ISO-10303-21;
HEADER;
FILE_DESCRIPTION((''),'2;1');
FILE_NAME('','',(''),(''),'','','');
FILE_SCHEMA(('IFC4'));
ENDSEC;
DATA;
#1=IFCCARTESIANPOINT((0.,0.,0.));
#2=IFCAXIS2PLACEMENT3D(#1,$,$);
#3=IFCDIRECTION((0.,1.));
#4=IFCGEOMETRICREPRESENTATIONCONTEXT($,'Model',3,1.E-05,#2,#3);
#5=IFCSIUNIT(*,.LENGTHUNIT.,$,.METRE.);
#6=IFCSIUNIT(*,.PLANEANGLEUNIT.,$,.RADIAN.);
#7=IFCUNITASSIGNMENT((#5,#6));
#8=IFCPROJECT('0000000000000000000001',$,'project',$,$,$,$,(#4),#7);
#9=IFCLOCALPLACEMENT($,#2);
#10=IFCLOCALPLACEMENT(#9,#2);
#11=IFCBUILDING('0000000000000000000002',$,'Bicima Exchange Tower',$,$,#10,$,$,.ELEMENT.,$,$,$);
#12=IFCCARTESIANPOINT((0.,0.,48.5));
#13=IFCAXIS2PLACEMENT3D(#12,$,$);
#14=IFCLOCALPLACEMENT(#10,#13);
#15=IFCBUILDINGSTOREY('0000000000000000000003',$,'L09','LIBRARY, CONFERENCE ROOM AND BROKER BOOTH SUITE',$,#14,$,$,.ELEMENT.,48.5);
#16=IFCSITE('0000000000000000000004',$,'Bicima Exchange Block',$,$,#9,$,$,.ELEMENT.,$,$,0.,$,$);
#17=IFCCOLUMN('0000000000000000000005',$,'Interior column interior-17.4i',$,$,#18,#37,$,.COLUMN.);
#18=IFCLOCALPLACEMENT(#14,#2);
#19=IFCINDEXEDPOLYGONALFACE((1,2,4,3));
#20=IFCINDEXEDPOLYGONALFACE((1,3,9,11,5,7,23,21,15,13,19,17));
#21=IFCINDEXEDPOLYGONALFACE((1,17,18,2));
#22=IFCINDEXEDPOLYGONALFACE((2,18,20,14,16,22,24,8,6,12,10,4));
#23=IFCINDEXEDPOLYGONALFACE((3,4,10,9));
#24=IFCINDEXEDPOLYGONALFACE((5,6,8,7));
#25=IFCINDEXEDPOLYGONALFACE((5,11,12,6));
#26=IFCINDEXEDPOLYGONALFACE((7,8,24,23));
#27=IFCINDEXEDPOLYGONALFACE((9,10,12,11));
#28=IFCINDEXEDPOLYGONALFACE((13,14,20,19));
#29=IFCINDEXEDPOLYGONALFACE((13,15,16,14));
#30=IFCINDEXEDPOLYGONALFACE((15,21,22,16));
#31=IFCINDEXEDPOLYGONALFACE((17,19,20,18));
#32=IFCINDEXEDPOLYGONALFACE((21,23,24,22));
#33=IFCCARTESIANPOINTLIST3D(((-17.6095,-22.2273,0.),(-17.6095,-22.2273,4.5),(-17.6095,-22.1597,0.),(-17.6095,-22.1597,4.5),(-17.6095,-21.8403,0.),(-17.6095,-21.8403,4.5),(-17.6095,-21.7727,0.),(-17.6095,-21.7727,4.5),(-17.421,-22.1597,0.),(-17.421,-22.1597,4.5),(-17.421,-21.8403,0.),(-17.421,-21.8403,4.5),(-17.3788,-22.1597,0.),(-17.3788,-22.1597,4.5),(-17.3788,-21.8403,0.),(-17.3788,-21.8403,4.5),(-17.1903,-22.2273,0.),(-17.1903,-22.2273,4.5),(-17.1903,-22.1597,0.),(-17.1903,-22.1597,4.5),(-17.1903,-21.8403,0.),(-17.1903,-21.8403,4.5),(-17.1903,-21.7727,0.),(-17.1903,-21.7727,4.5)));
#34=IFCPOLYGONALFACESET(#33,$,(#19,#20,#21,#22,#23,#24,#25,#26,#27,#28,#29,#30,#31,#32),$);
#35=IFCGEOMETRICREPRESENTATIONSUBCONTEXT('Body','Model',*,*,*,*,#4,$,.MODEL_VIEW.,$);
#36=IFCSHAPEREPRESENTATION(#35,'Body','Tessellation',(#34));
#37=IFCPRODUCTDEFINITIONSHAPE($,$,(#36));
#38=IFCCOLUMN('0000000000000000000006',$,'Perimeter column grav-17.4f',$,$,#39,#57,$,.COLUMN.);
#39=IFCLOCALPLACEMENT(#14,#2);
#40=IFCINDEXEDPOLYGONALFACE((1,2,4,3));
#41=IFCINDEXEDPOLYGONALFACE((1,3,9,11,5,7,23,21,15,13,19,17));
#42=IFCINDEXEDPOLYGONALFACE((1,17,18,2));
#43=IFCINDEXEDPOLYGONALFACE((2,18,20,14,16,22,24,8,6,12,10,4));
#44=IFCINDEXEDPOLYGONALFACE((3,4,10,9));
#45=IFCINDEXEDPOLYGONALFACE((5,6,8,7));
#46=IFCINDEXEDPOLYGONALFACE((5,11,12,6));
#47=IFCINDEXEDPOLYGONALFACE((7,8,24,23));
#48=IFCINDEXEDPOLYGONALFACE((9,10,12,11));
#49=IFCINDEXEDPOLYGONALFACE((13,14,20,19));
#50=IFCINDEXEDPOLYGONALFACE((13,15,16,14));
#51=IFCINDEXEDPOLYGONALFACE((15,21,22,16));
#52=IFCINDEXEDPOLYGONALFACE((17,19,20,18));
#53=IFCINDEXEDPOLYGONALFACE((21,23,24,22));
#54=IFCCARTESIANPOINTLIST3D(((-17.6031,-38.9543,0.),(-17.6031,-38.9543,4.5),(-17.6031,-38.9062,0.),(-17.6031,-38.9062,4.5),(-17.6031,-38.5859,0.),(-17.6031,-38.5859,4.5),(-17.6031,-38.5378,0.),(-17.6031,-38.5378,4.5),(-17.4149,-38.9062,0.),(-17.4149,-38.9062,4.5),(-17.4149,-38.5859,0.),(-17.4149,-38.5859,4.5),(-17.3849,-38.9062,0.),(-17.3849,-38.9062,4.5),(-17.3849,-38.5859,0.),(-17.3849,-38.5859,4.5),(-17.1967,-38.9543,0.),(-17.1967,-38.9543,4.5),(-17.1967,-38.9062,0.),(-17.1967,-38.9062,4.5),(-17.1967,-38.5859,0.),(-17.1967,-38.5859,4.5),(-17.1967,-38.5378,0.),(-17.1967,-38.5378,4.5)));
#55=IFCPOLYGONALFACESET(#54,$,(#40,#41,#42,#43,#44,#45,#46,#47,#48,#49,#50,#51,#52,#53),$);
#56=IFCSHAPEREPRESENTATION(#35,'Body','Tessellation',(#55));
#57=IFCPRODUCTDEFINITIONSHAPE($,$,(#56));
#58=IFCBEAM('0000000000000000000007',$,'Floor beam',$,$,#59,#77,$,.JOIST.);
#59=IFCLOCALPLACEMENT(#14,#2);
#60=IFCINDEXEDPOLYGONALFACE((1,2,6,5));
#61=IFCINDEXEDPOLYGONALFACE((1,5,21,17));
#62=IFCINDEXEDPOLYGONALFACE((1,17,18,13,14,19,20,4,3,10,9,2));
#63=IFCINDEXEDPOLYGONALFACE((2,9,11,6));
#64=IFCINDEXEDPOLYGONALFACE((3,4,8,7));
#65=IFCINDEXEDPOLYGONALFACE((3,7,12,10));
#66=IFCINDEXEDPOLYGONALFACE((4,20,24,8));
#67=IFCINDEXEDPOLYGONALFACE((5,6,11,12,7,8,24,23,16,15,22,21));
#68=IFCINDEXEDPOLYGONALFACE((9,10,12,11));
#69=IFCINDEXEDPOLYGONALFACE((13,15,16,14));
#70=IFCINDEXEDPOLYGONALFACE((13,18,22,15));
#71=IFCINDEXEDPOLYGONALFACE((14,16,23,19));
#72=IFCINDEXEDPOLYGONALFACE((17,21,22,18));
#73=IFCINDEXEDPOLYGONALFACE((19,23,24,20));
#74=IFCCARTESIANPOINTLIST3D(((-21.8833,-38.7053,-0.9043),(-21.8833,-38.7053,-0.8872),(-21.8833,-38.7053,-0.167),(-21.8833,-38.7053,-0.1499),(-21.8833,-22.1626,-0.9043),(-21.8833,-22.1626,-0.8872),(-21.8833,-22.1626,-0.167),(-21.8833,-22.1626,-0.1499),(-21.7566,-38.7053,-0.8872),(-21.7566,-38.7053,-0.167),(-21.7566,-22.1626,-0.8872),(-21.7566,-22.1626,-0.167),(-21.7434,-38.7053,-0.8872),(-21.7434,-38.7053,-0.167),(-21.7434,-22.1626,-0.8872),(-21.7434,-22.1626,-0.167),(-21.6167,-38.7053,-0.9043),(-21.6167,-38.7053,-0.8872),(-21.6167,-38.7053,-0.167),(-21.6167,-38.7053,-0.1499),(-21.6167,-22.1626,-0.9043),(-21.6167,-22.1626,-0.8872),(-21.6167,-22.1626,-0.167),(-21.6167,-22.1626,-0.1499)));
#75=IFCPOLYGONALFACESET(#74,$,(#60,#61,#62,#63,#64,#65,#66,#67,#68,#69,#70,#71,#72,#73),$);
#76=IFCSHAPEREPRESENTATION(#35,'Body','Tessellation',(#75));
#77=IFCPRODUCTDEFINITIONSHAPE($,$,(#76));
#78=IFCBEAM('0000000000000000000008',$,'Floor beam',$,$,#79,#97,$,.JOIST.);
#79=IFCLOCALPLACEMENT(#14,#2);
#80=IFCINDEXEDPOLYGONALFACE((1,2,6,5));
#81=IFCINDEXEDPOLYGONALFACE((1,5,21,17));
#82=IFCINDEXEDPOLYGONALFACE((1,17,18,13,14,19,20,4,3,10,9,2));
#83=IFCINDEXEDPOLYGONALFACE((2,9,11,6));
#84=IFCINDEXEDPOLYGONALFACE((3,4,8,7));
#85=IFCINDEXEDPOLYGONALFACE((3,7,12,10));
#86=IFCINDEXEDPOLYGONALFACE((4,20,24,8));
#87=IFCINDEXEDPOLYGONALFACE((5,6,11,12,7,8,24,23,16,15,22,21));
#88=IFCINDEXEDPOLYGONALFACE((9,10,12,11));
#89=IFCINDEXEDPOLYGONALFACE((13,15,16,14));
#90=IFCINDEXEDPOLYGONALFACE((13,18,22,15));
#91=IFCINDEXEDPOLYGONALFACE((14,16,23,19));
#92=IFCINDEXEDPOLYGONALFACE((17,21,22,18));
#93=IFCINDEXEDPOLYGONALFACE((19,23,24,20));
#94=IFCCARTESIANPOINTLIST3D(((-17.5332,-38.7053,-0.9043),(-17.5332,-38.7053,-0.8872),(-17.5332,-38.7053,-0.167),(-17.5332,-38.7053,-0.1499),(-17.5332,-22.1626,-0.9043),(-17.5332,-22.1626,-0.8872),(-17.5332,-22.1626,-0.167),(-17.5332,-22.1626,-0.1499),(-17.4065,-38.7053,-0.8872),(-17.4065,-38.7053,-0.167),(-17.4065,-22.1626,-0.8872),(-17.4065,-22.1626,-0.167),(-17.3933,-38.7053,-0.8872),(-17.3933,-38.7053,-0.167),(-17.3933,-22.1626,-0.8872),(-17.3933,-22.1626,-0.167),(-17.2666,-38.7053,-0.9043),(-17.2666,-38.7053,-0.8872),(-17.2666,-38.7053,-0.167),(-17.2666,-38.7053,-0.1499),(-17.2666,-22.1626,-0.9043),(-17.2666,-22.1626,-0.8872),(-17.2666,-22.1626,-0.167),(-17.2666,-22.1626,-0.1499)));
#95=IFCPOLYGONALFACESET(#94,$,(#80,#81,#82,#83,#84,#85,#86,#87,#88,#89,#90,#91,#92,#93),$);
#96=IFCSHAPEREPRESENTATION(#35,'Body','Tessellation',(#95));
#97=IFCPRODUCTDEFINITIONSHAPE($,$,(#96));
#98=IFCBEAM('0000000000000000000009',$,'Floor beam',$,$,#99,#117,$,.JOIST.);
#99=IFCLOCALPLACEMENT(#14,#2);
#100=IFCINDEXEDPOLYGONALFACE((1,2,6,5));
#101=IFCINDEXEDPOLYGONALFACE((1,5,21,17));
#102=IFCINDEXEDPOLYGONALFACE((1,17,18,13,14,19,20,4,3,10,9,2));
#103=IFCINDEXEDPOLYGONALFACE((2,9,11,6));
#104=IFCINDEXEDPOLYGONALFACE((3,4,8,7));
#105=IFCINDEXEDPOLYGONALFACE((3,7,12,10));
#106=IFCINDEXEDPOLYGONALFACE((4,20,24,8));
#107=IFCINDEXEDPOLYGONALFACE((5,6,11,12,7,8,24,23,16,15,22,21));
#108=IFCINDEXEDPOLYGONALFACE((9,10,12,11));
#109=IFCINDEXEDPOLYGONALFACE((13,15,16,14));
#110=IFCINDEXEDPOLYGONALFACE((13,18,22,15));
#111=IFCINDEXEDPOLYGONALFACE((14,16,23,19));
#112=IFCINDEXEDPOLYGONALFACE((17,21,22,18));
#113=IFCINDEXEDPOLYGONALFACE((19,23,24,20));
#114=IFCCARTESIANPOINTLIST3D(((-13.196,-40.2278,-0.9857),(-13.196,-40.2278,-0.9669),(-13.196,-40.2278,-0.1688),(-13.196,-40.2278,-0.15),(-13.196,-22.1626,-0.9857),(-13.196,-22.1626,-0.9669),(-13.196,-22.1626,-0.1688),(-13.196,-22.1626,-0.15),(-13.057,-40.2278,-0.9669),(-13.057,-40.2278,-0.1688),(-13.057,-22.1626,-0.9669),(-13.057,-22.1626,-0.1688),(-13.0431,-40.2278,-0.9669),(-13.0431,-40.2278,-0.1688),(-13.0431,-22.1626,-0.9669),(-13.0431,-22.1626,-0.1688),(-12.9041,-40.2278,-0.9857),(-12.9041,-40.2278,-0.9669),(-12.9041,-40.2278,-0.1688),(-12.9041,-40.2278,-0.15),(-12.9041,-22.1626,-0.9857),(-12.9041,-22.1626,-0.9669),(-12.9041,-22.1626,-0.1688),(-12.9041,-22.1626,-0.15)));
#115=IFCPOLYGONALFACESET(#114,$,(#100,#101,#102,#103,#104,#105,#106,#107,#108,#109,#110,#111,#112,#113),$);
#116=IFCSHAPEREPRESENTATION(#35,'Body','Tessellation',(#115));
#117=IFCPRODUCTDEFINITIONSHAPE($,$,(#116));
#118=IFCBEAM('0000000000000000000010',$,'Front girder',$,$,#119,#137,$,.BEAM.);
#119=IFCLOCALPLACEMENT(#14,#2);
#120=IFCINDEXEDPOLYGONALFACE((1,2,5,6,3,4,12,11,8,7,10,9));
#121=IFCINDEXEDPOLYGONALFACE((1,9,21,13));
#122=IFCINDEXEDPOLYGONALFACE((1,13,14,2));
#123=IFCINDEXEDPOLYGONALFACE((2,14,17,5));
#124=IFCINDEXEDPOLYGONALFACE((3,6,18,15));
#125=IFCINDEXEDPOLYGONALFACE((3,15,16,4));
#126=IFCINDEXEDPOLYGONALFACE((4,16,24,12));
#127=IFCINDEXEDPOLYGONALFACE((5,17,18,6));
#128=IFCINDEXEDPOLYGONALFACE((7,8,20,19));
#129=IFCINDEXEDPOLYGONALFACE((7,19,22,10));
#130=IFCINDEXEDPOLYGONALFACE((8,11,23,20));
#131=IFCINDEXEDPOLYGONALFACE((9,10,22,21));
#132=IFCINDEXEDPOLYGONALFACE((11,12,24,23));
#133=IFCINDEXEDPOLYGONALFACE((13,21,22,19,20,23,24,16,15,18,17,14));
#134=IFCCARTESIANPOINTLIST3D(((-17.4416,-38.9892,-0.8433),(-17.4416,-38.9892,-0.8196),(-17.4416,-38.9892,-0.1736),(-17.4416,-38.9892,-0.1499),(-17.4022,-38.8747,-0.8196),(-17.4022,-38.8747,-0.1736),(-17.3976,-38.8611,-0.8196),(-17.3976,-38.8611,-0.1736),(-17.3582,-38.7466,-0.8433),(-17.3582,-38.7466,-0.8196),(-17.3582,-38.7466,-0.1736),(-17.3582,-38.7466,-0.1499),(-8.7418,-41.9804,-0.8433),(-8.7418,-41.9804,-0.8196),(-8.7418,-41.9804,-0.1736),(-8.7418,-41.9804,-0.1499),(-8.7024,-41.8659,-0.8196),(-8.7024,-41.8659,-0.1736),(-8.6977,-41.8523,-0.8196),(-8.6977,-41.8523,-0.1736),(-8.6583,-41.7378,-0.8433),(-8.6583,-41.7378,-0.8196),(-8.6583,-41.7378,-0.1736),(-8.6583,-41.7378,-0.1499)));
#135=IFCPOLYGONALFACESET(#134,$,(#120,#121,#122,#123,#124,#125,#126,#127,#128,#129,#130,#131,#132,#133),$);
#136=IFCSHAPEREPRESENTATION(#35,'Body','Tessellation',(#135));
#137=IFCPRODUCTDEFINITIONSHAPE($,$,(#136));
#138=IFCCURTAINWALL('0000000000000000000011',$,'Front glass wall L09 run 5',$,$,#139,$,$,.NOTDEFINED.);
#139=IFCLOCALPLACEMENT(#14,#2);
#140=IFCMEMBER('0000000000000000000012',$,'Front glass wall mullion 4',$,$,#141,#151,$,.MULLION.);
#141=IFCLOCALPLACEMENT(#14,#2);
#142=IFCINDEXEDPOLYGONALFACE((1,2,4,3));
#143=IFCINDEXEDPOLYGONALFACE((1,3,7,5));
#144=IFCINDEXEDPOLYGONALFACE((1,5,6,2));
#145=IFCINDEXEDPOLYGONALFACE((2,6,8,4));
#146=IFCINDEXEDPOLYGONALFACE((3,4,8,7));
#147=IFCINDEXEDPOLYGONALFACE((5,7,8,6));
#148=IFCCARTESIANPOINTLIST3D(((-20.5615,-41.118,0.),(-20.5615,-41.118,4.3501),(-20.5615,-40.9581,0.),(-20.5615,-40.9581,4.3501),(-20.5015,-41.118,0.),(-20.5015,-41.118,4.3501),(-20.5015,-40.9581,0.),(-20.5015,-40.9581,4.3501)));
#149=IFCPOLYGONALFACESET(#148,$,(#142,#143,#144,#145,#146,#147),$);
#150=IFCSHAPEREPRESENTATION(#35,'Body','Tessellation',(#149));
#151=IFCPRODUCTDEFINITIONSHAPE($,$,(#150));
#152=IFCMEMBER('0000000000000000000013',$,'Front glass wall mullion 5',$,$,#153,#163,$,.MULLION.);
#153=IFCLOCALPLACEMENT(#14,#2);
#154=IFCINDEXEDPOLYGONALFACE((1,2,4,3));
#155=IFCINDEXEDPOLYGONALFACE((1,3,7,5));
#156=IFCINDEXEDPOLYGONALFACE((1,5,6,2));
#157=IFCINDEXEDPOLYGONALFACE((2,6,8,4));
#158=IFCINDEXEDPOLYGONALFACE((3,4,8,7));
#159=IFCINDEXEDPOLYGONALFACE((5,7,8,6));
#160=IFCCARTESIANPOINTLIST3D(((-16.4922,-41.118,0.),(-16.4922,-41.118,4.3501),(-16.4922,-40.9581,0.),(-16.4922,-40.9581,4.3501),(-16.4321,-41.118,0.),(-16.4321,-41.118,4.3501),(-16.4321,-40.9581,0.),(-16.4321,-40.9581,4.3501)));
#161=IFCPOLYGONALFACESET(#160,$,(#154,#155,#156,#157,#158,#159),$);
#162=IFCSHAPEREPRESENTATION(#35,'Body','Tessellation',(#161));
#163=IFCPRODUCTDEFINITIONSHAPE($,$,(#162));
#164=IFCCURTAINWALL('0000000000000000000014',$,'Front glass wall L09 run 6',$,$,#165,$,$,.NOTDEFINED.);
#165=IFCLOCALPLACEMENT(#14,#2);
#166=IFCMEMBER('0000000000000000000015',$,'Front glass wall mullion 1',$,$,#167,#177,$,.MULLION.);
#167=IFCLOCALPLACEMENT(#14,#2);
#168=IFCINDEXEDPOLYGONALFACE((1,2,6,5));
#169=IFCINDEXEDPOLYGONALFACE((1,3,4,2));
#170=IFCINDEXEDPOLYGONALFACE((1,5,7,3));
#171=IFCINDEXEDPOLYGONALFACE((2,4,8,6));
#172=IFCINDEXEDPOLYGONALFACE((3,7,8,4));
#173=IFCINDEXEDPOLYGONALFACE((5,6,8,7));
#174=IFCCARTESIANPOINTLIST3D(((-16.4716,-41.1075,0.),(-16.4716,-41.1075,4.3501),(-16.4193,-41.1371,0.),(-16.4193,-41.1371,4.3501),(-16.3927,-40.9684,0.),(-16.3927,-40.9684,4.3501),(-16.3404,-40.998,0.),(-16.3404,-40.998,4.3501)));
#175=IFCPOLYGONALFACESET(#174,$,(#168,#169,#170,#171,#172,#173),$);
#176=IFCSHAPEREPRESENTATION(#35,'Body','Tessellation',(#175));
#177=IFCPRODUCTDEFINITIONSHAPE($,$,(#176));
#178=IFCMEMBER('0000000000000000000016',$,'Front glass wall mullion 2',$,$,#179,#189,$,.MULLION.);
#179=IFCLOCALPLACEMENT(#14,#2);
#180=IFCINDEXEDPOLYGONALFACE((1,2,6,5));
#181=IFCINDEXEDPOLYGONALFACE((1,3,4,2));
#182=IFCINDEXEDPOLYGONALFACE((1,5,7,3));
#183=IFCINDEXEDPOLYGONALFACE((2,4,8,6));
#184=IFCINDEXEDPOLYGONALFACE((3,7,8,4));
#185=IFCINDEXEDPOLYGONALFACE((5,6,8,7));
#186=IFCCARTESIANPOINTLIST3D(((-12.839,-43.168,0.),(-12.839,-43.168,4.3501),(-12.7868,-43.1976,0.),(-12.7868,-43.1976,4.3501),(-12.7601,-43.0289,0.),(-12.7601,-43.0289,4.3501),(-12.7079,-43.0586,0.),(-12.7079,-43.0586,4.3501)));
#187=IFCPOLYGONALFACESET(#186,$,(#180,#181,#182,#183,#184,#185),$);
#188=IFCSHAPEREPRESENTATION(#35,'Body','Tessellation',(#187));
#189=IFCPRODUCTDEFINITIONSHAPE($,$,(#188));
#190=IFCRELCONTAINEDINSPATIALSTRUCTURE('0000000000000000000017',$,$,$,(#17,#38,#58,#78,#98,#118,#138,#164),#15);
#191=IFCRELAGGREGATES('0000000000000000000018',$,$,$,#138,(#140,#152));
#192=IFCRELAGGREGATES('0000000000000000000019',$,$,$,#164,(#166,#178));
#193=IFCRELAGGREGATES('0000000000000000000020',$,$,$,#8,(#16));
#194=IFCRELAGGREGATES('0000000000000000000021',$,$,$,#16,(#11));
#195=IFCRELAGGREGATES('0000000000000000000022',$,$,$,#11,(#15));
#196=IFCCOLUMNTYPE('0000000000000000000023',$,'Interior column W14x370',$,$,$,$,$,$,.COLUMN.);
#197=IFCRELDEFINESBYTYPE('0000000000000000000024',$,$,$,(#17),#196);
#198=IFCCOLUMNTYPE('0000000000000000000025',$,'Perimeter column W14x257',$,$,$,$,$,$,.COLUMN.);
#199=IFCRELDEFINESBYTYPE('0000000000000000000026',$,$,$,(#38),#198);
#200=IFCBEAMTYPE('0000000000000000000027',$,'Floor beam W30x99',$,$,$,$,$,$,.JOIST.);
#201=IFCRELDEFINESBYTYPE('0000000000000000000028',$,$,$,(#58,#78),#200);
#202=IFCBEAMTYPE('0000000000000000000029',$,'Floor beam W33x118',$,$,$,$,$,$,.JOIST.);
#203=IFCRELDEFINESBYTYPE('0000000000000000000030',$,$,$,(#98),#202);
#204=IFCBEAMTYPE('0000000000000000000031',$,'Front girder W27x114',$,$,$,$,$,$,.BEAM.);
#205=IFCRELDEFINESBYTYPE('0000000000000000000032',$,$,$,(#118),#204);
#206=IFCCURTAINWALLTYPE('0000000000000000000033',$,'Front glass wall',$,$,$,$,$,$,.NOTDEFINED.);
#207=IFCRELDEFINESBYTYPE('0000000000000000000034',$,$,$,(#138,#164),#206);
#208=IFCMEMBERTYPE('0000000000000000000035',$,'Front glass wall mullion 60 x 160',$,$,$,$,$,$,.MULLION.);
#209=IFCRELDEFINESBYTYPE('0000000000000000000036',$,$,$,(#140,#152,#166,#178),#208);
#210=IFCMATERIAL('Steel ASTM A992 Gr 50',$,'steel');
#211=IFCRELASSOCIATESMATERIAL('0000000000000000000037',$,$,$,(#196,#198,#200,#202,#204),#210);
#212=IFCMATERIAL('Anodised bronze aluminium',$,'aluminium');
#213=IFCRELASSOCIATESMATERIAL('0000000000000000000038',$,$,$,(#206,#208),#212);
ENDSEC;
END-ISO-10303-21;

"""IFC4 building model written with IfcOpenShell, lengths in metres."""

from ifc_helpers import new_model, si_unit, direction, frame, origin, origin_2d, place, context, subcontext, project, spatial, rectangle, i_section, extrude, material, material_profile, profile_set, type_object, element, aggregate, save


model = new_model("IFC4")

# Units and contexts
model_context = context("Model", 3, precision=1e-05, world=origin(), true_north=direction((0.0, 1.0)))
body_context = subcontext(model_context, "Body", "Model", "MODEL_VIEW")
ifc_project = project(units=[si_unit("LENGTHUNIT", "METRE"), si_unit("PLANEANGLEUNIT", "RADIAN")], contexts=[model_context])

# Site, building, storey
site_placement = place(None, origin())
site = spatial("IfcSite", under=ifc_project, at=site_placement, Name="Bicima Exchange Block", CompositionType="ELEMENT", RefElevation=0.0)
building_placement = place(site_placement, origin())
building = spatial("IfcBuilding", under=site, at=building_placement, Name="Bicima Exchange Tower", CompositionType="ELEMENT")
storey_placement = place(building_placement, frame((0.0, 0.0, 48.5)))
storey = spatial("IfcBuildingStorey", under=building, at=storey_placement, Name="L09", Description="LIBRARY, CONFERENCE ROOM AND BROKER BOOTH SUITE", CompositionType="ELEMENT", Elevation=48.5)

# Columns
ifc_material_1 = material(Name="Steel ASTM A992 Gr 50", Category="steel")
ifc_material_profile_1 = material_profile(ifc_material_1, i_section(OverallWidth=0.4192, OverallDepth=0.4546, WebThickness=0.0422, FlangeThickness=0.0676, at=origin_2d()))
ifc_profile_set_1 = profile_set([ifc_material_profile_1], Name="Steel ASTM A992 Gr 50")
column_type_1 = type_object("IfcColumnType", Name="Interior column W14x370", PredefinedType="COLUMN", material=ifc_profile_set_1)
column_1_placement = place(storey_placement, frame((-17.3999, -22.0, 0.0), z_axis=(0.0, 0.0, 1.0), x_axis=(1.0, 0.0, 0.0)))
element("IfcColumn", 1, at=column_1_placement, inside=storey, type_object=column_type_1, Name="Interior column interior-17.4i", PredefinedType="COLUMN", context=body_context, shape_type="SweptSolid", body=[
    extrude(i_section(OverallWidth=0.4192, OverallDepth=0.4546, WebThickness=0.0422, FlangeThickness=0.0676, at=origin_2d()), origin(), (0.0, 0.0, 1.0), 4.5),
])
ifc_material_profile_2 = material_profile(ifc_material_1, i_section(OverallWidth=0.4065, OverallDepth=0.4165, WebThickness=0.03, FlangeThickness=0.0481, at=origin_2d()))
ifc_profile_set_2 = profile_set([ifc_material_profile_2], Name="Steel ASTM A992 Gr 50")
column_type_2 = type_object("IfcColumnType", Name="Perimeter column W14x257", PredefinedType="COLUMN", material=ifc_profile_set_2)
column_2_placement = place(storey_placement, frame((-17.3999, -38.7461, 0.0), z_axis=(0.0, 0.0, 1.0), x_axis=(1.0, 0.0, 0.0)))
element("IfcColumn", 2, at=column_2_placement, inside=storey, type_object=column_type_2, Name="Perimeter column grav-17.4f", PredefinedType="COLUMN", context=body_context, shape_type="SweptSolid", body=[
    extrude(i_section(OverallWidth=0.4065, OverallDepth=0.4165, WebThickness=0.03, FlangeThickness=0.0481, at=origin_2d()), origin(), (0.0, 0.0, 1.0), 4.5),
])

# Beams
ifc_material_profile_3 = material_profile(ifc_material_1, i_section(OverallWidth=0.2666, OverallDepth=0.7544, WebThickness=0.0132, FlangeThickness=0.0171, at=origin_2d()))
ifc_profile_set_3 = profile_set([ifc_material_profile_3], Name="Steel ASTM A992 Gr 50")
beam_type_1 = type_object("IfcBeamType", Name="Floor beam W30x99", PredefinedType="JOIST", material=ifc_profile_set_3)
for number, where, z_axis, x_axis, name in (
    (3, (-21.75, -22.1626, -0.5271), (0.0, -1.0, 0.0), (1.0, 0.0, 0.0), "Floor beam"),
    (4, (-17.3999, -22.1626, -0.5271), (0.0, -1.0, 0.0), (1.0, 0.0, 0.0), "Floor beam"),
):
    element("IfcBeam", number, at=place(storey_placement, frame(where, z_axis=z_axis, x_axis=x_axis)), inside=storey, type_object=beam_type_1, Name=name, PredefinedType="JOIST", context=body_context, shape_type="SweptSolid", body=[
        extrude(i_section(OverallWidth=0.2666, OverallDepth=0.7544, WebThickness=0.0132, FlangeThickness=0.0171, at=origin_2d()), origin(), (0.0, 0.0, 1.0), 16.5427),
    ])
ifc_material_profile_4 = material_profile(ifc_material_1, i_section(OverallWidth=0.292, OverallDepth=0.8357, WebThickness=0.0139, FlangeThickness=0.0188, at=origin_2d()))
ifc_profile_set_4 = profile_set([ifc_material_profile_4], Name="Steel ASTM A992 Gr 50")
beam_type_2 = type_object("IfcBeamType", Name="Floor beam W33x118", PredefinedType="JOIST", material=ifc_profile_set_4)
beam_1_placement = place(storey_placement, frame((-13.05, -22.1626, -0.5679), z_axis=(0.0, -1.0, 0.0), x_axis=(1.0, 0.0, 0.0)))
element("IfcBeam", 5, at=beam_1_placement, inside=storey, type_object=beam_type_2, Name="Floor beam", PredefinedType="JOIST", context=body_context, shape_type="SweptSolid", body=[
    extrude(i_section(OverallWidth=0.292, OverallDepth=0.8357, WebThickness=0.0139, FlangeThickness=0.0188, at=origin_2d()), origin(), (0.0, 0.0, 1.0), 18.0652),
])
ifc_material_profile_5 = material_profile(ifc_material_1, i_section(OverallWidth=0.2566, OverallDepth=0.6934, WebThickness=0.0144, FlangeThickness=0.0237, at=origin_2d()))
ifc_profile_set_5 = profile_set([ifc_material_profile_5], Name="Steel ASTM A992 Gr 50")
beam_type_3 = type_object("IfcBeamType", Name="Front girder W27x114", PredefinedType="BEAM", material=ifc_profile_set_5)
beam_2_placement = place(storey_placement, frame((-17.3999, -38.8679, -0.4966), z_axis=(0.945666, -0.325138, 0.0), x_axis=(0.325138, 0.945666, 0.0)))
element("IfcBeam", 6, at=beam_2_placement, inside=storey, type_object=beam_type_3, Name="Front girder", PredefinedType="BEAM", context=body_context, shape_type="SweptSolid", body=[
    extrude(i_section(OverallWidth=0.2566, OverallDepth=0.6934, WebThickness=0.0144, FlangeThickness=0.0237, at=origin_2d()), origin(), (0.0, 0.0, 1.0), 9.1997),
])

# Curtain walls, members
ifc_material_2 = material(Name="Anodised bronze aluminium", Category="aluminium")
curtain_wall_type = type_object("IfcCurtainWallType", Name="Front glass wall", PredefinedType="NOTDEFINED", material=ifc_material_2)
curtain_wall_1_placement = place(storey_placement, origin())
curtain_wall_1 = element("IfcCurtainWall", 7, at=curtain_wall_1_placement, inside=storey, type_object=curtain_wall_type, Name="Front glass wall L09 run 5", PredefinedType="NOTDEFINED")
ifc_material_profile_6 = material_profile(ifc_material_2, rectangle(XDim=0.1599, YDim=0.0601, at=origin_2d()))
ifc_profile_set_6 = profile_set([ifc_material_profile_6], Name="Anodised bronze aluminium")
member_type_1 = type_object("IfcMemberType", Name="Front glass wall mullion 60 x 160", PredefinedType="MULLION", material=ifc_profile_set_6)
member_1_placement = place(storey_placement, frame((-20.5315, -41.0381, 0.0), z_axis=(0.0, 0.0, 1.0), x_axis=(0.0, 1.0, 0.0)))
member_1 = element("IfcMember", 8, at=member_1_placement, type_object=member_type_1, Name="Front glass wall mullion 4", PredefinedType="MULLION", context=body_context, shape_type="SweptSolid", body=[
    extrude(rectangle(XDim=0.1599, YDim=0.0601, at=origin_2d()), origin(), (0.0, 0.0, 1.0), 4.3501),
])
member_2_placement = place(storey_placement, frame((-16.4622, -41.0381, 0.0), z_axis=(0.0, 0.0, 1.0), x_axis=(0.0, 1.0, 0.0)))
member_2 = element("IfcMember", 9, at=member_2_placement, type_object=member_type_1, Name="Front glass wall mullion 5", PredefinedType="MULLION", context=body_context, shape_type="SweptSolid", body=[
    extrude(rectangle(XDim=0.1599, YDim=0.0601, at=origin_2d()), origin(), (0.0, 0.0, 1.0), 4.3501),
])
curtain_wall_2_placement = place(storey_placement, origin())
curtain_wall_2 = element("IfcCurtainWall", 10, at=curtain_wall_2_placement, inside=storey, type_object=curtain_wall_type, Name="Front glass wall L09 run 6", PredefinedType="NOTDEFINED")
member_3_placement = place(storey_placement, frame((-16.406, -41.0527, 0.0), z_axis=(0.0, 0.0, 1.0), x_axis=(0.493395, 0.869805, 0.0)))
member_3 = element("IfcMember", 11, at=member_3_placement, type_object=member_type_1, Name="Front glass wall mullion 1", PredefinedType="MULLION", context=body_context, shape_type="SweptSolid", body=[
    extrude(rectangle(XDim=0.1599, YDim=0.0601, at=origin_2d()), origin(), (0.0, 0.0, 1.0), 4.3501),
])
member_4_placement = place(storey_placement, frame((-12.7734, -43.1133, 0.0), z_axis=(0.0, 0.0, 1.0), x_axis=(0.493395, 0.869805, 0.0)))
member_4 = element("IfcMember", 12, at=member_4_placement, type_object=member_type_1, Name="Front glass wall mullion 2", PredefinedType="MULLION", context=body_context, shape_type="SweptSolid", body=[
    extrude(rectangle(XDim=0.1599, YDim=0.0601, at=origin_2d()), origin(), (0.0, 0.0, 1.0), 4.3501),
])

aggregate(curtain_wall_1, [member_1, member_2])
aggregate(curtain_wall_2, [member_3, member_4])

save(model, "model.ifc")
